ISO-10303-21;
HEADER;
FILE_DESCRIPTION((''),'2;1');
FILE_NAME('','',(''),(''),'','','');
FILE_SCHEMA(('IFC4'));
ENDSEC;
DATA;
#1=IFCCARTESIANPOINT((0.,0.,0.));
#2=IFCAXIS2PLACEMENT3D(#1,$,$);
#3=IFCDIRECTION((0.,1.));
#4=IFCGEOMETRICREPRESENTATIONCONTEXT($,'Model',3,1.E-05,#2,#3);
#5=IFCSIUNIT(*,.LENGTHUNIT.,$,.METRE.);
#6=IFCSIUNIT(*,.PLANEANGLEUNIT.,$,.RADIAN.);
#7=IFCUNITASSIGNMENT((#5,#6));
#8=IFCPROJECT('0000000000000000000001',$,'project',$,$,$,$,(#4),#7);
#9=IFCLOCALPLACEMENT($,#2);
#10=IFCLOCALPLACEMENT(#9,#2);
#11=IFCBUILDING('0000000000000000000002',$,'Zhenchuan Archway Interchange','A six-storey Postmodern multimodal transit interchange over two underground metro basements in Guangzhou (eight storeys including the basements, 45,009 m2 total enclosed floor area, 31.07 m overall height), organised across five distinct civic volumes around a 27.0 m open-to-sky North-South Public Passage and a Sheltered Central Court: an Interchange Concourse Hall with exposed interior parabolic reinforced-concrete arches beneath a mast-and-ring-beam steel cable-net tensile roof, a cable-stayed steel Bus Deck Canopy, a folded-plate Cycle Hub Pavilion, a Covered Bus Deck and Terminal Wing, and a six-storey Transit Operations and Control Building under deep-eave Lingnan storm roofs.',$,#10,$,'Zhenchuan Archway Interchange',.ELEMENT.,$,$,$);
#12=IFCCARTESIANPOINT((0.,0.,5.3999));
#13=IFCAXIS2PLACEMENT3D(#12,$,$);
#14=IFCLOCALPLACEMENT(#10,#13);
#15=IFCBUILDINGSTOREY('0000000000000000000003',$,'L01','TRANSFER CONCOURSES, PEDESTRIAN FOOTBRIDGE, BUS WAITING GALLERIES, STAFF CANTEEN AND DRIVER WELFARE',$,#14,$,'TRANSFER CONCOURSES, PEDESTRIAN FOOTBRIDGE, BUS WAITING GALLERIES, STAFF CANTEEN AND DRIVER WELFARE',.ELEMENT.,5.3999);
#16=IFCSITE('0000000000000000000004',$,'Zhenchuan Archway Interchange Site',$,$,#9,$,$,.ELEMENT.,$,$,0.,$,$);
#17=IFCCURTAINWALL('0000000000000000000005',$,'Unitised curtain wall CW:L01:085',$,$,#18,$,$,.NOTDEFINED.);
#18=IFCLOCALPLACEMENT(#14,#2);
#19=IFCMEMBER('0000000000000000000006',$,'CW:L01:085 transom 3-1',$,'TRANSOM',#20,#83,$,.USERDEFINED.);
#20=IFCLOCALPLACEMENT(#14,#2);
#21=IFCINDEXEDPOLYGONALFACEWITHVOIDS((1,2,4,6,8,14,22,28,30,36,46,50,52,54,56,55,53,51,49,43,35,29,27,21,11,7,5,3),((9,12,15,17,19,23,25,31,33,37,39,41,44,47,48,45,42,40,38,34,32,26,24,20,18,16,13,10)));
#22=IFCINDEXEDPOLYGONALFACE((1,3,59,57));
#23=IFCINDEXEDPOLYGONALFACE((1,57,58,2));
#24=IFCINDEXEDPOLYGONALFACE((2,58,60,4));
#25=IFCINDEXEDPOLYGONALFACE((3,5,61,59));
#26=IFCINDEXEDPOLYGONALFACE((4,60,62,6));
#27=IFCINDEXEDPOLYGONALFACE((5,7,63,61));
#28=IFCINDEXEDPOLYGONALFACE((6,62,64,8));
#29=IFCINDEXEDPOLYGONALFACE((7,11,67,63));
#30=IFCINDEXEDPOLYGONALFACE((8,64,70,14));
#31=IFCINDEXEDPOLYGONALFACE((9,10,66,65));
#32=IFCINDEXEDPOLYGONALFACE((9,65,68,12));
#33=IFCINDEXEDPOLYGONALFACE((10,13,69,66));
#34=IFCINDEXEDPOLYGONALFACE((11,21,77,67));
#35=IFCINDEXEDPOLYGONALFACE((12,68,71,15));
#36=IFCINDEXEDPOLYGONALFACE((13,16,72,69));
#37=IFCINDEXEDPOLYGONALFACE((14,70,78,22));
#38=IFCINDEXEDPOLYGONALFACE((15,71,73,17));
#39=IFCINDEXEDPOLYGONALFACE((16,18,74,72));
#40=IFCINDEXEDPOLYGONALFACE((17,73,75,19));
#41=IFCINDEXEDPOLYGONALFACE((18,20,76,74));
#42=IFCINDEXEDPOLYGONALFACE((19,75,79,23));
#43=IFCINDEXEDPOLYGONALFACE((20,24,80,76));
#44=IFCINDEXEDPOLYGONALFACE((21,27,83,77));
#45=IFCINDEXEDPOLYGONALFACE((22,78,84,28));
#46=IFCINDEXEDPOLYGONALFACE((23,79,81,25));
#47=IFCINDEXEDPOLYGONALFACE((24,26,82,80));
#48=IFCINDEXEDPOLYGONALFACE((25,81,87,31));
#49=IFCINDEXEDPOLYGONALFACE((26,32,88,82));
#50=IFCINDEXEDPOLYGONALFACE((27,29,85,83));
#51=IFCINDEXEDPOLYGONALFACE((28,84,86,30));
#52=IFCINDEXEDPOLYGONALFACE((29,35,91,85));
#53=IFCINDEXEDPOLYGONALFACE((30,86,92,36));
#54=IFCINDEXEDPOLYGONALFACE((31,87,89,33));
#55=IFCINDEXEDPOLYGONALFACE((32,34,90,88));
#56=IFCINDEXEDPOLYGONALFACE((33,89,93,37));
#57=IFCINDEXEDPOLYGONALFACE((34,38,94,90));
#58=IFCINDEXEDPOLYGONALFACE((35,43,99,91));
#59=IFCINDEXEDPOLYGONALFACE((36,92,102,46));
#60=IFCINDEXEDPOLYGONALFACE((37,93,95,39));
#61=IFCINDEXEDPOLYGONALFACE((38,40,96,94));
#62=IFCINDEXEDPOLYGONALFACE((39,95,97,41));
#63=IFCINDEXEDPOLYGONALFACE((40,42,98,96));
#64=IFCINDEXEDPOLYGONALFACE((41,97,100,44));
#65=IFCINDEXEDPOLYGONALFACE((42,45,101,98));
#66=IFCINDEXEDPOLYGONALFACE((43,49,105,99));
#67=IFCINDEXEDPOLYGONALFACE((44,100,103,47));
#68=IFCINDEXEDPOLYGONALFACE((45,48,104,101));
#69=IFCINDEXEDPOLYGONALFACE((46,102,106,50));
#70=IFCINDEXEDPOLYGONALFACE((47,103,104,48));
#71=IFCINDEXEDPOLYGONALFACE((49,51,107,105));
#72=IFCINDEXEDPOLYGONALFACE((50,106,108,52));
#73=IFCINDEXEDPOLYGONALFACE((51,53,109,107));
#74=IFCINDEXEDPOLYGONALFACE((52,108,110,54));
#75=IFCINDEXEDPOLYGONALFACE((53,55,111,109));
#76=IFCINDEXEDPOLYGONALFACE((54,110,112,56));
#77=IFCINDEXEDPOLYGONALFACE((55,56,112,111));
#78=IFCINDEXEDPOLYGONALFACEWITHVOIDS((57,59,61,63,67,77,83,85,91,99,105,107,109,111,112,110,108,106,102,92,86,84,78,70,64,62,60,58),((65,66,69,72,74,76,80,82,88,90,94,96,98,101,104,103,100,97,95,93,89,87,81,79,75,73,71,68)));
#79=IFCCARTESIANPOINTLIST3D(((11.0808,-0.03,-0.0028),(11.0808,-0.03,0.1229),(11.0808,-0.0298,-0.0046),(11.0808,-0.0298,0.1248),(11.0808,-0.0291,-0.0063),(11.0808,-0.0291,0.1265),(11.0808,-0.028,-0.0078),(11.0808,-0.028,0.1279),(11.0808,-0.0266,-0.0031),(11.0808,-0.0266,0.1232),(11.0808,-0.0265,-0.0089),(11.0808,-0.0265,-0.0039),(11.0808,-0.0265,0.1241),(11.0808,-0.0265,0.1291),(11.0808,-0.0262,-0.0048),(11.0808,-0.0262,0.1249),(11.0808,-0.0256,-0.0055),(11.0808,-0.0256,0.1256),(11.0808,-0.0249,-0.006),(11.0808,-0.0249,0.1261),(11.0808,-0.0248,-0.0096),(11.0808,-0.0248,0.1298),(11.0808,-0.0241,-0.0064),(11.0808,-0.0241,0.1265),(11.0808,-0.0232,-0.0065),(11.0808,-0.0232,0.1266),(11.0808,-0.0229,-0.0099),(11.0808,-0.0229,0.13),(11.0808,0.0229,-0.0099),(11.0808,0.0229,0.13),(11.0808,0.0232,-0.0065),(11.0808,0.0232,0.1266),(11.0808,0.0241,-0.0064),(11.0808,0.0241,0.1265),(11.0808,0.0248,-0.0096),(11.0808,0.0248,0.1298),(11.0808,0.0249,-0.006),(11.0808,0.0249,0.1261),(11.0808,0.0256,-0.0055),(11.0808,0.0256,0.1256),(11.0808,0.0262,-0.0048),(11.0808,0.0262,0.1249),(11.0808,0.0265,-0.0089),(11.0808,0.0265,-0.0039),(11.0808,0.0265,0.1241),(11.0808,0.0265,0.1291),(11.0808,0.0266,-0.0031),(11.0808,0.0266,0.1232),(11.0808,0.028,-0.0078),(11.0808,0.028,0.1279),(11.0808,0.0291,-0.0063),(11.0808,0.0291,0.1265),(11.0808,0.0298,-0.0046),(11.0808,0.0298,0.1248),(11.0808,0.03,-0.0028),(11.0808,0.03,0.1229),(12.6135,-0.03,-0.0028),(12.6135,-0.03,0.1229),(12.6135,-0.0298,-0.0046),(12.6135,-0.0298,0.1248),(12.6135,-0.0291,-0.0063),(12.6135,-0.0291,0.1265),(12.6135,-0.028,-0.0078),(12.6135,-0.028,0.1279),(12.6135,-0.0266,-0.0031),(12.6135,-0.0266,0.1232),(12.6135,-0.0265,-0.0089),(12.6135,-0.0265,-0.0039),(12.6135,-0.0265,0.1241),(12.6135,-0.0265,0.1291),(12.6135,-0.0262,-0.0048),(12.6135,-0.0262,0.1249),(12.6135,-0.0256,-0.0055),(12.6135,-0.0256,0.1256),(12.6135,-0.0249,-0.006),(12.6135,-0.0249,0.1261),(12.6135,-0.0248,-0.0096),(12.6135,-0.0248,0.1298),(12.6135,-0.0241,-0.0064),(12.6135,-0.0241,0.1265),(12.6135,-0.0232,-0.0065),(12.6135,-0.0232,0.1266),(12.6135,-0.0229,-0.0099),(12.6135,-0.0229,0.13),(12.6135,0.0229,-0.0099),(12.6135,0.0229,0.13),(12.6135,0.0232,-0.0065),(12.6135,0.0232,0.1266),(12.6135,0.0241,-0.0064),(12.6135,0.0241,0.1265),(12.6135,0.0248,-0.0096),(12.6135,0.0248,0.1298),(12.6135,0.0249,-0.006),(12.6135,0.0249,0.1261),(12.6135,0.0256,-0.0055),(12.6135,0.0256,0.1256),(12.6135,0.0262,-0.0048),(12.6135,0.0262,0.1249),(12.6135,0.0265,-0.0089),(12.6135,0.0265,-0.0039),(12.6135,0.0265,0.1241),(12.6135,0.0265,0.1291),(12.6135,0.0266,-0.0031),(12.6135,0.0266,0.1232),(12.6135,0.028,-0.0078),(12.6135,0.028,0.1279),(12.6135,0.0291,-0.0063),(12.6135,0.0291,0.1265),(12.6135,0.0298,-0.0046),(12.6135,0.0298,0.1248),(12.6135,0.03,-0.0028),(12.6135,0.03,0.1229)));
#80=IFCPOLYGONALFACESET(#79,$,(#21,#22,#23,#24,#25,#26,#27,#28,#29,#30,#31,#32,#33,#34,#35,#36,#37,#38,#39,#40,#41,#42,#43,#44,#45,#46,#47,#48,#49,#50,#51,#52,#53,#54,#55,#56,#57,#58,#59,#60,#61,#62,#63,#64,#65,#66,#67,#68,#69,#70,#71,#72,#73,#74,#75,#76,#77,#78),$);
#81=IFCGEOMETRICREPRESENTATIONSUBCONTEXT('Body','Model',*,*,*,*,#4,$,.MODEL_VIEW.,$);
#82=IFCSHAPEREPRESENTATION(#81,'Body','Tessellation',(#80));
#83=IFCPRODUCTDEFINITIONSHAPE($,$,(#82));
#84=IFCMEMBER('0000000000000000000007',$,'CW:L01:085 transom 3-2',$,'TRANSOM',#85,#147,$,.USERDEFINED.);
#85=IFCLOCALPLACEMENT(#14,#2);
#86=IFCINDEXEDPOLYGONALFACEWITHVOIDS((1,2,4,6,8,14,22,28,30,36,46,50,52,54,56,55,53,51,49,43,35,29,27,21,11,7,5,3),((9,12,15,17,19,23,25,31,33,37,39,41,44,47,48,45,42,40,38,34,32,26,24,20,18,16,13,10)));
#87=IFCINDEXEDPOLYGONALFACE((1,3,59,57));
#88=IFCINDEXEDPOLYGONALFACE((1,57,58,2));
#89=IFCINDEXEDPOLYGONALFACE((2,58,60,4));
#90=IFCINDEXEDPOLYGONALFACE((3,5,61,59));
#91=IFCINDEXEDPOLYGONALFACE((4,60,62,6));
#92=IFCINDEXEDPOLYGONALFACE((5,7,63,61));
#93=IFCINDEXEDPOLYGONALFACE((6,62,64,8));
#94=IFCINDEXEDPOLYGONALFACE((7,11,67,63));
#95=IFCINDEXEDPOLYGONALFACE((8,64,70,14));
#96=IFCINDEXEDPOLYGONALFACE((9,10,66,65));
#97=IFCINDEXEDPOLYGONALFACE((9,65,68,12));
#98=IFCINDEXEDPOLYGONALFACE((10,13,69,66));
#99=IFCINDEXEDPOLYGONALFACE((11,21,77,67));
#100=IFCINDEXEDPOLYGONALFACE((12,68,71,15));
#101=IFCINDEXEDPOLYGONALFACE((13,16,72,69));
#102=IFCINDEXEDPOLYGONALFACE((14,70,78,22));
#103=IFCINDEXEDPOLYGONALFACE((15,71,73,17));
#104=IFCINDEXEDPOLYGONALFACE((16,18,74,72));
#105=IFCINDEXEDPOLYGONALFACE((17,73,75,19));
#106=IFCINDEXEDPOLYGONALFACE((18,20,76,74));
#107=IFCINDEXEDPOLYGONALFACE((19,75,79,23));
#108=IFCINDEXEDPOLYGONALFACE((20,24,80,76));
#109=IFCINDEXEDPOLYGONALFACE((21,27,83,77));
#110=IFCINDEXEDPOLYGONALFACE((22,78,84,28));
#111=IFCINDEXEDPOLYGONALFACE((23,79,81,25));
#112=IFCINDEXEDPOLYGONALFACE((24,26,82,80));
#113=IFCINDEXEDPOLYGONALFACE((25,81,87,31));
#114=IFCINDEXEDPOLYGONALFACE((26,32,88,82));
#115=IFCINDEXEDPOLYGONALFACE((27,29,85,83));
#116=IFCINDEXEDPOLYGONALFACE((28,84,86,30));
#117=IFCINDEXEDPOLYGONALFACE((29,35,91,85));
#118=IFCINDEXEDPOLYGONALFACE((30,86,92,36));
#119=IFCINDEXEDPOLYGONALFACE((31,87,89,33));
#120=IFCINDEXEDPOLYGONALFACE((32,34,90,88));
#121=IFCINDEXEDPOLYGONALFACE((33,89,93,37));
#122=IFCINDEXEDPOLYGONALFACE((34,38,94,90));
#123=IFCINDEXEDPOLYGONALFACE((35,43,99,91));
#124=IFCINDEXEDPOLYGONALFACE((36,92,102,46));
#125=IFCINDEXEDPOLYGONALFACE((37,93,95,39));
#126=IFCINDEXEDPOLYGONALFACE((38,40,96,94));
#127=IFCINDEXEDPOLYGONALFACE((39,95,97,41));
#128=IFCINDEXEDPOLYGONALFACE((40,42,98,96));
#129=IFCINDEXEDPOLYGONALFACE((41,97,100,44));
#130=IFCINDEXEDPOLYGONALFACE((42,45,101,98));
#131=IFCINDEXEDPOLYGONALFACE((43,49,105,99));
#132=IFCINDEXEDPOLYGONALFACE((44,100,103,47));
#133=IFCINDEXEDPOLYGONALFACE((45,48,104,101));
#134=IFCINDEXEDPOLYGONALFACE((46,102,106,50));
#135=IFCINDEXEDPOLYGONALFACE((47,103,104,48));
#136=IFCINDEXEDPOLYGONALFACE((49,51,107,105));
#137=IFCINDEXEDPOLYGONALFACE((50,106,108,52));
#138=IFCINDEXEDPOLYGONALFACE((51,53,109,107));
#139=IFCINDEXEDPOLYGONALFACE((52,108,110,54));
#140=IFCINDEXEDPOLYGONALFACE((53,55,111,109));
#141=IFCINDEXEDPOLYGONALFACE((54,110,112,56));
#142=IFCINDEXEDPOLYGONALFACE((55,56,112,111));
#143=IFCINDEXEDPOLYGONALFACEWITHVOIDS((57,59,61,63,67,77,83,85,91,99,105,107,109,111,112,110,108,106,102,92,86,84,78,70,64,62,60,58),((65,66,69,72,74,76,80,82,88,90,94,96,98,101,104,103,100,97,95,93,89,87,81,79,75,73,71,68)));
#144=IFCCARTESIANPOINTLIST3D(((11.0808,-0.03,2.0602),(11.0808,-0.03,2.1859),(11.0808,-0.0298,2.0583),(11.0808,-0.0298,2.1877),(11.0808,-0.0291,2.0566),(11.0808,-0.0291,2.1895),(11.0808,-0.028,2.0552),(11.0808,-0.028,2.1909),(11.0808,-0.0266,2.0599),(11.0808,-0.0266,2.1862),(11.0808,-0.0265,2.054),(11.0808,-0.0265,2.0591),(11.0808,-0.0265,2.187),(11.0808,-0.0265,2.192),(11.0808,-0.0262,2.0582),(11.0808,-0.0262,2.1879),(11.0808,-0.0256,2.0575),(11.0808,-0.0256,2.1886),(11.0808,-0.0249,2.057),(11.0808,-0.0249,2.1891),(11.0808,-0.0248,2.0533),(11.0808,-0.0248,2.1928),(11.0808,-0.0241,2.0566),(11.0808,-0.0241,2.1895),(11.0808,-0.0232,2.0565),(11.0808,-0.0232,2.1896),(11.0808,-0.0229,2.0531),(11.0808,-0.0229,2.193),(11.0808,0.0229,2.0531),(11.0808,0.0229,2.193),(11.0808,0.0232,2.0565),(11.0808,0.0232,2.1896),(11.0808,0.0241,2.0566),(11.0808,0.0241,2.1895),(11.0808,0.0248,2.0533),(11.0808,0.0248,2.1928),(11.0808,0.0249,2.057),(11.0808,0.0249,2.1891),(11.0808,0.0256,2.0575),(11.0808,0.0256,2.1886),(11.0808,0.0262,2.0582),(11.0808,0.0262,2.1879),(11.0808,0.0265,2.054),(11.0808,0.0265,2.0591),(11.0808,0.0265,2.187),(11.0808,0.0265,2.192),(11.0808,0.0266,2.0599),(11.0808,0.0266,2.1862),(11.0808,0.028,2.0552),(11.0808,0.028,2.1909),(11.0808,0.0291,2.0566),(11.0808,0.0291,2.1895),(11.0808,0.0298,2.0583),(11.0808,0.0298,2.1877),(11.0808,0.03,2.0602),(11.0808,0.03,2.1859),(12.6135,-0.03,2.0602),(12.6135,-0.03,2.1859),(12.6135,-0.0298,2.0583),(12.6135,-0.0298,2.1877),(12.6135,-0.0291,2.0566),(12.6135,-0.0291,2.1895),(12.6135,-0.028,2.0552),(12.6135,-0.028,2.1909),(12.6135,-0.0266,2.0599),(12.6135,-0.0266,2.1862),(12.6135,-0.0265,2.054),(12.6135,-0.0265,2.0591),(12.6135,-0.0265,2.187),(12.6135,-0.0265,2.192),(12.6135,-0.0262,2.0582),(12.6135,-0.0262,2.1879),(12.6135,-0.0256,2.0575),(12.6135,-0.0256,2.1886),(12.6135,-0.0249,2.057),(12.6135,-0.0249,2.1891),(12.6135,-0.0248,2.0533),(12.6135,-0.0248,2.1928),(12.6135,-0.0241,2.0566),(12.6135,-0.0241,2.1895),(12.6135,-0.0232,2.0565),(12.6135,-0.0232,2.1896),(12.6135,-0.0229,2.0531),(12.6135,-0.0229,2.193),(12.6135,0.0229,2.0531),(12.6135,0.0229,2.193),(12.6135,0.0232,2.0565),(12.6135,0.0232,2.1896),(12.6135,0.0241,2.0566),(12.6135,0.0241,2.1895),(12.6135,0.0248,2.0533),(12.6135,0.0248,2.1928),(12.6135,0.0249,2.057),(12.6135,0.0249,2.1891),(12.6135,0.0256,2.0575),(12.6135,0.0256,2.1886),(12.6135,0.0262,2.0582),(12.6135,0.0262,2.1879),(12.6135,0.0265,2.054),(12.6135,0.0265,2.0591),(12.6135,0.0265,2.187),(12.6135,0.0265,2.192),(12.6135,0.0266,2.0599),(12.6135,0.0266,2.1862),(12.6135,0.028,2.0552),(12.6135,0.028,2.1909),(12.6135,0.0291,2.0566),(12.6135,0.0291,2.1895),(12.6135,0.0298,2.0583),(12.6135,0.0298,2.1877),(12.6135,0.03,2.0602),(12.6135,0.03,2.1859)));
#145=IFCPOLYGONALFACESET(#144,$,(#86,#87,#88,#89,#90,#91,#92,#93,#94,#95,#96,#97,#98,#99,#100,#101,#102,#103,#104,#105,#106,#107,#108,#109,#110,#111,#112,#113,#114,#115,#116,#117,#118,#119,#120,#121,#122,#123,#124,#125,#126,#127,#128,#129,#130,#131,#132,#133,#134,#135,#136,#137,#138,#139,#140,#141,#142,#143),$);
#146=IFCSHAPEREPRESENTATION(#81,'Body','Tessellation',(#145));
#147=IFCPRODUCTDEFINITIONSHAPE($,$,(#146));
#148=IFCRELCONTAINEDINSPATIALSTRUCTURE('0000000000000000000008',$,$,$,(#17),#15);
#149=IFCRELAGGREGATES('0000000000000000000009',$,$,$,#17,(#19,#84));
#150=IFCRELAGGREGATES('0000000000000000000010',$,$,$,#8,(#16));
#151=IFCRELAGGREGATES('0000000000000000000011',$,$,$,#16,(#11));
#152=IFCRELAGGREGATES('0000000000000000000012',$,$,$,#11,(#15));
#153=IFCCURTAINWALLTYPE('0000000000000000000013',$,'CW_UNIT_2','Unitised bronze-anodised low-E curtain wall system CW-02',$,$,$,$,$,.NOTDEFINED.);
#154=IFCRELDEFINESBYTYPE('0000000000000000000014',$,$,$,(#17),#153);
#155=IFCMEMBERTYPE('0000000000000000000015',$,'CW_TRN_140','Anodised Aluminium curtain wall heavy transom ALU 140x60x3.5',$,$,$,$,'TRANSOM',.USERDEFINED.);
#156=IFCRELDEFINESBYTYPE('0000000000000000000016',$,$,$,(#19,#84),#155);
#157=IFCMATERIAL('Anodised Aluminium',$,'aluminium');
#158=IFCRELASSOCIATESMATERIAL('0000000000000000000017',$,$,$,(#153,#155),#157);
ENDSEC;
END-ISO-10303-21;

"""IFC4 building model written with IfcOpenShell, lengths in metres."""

from ifc_helpers import new_model, si_unit, direction, frame, origin, origin_2d, place, context, subcontext, project, spatial, hollow_rectangle, extrude, material, material_profile, profile_set, type_object, element, aggregate, save


model = new_model("IFC4")

# Units and contexts
model_context = context("Model", 3, precision=1e-05, world=origin(), true_north=direction((0.0, 1.0)))
body_context = subcontext(model_context, "Body", "Model", "MODEL_VIEW")
ifc_project = project(units=[si_unit("LENGTHUNIT", "METRE"), si_unit("PLANEANGLEUNIT", "RADIAN")], contexts=[model_context])

# Site, building, storey
site_placement = place(None, origin())
site = spatial("IfcSite", under=ifc_project, at=site_placement, Name="Zhenchuan Archway Interchange Site", CompositionType="ELEMENT", RefElevation=0.0)
building_placement = place(site_placement, origin())
building = spatial("IfcBuilding", under=site, at=building_placement, Name="Zhenchuan Archway Interchange", Description="A six-storey Postmodern multimodal transit interchange over two underground metro basements in Guangzhou (eight storeys including the basements, 45,009 m2 total enclosed floor area, 31.07 m overall height), organised across five distinct civic volumes around a 27.0 m open-to-sky North-South Public Passage and a Sheltered Central Court: an Interchange Concourse Hall with exposed interior parabolic reinforced-concrete arches beneath a mast-and-ring-beam steel cable-net tensile roof, a cable-stayed steel Bus Deck Canopy, a folded-plate Cycle Hub Pavilion, a Covered Bus Deck and Terminal Wing, and a six-storey Transit Operations and Control Building under deep-eave Lingnan storm roofs.", LongName="Zhenchuan Archway Interchange", CompositionType="ELEMENT")
storey_placement = place(building_placement, frame((0.0, 0.0, 5.3999)))
storey = spatial("IfcBuildingStorey", under=building, at=storey_placement, Name="L01", Description="TRANSFER CONCOURSES, PEDESTRIAN FOOTBRIDGE, BUS WAITING GALLERIES, STAFF CANTEEN AND DRIVER WELFARE", LongName="TRANSFER CONCOURSES, PEDESTRIAN FOOTBRIDGE, BUS WAITING GALLERIES, STAFF CANTEEN AND DRIVER WELFARE", CompositionType="ELEMENT", Elevation=5.3999)

# Curtain wall, members
ifc_material_1 = material(Name="Anodised Aluminium", Category="aluminium")
curtain_wall_type = type_object("IfcCurtainWallType", Name="CW_UNIT_2", Description="Unitised bronze-anodised low-E curtain wall system CW-02", PredefinedType="NOTDEFINED", material=ifc_material_1)
curtain_wall_placement = place(storey_placement, origin())
curtain_wall = element("IfcCurtainWall", 1, at=curtain_wall_placement, inside=storey, type_object=curtain_wall_type, Name="Unitised curtain wall CW:L01:085", PredefinedType="NOTDEFINED")
ifc_material_profile_1 = material_profile(ifc_material_1, hollow_rectangle(XDim=0.0601, YDim=0.1399, WallThickness=0.0034, InnerFilletRadius=0.0034, OuterFilletRadius=0.0071, at=origin_2d()), Name="ALU 140x60x3.5")
ifc_profile_set_1 = profile_set([ifc_material_profile_1], Name="Anodised Aluminium")
member_type_1 = type_object("IfcMemberType", Name="CW_TRN_140", Description="Anodised Aluminium curtain wall heavy transom ALU 140x60x3.5", ElementType="TRANSOM", PredefinedType="USERDEFINED", material=ifc_profile_set_1)
member_1_placement = place(storey_placement, frame((12.6135, 0.0, 0.0601), z_axis=(-1.0, 0.0, 0.0), x_axis=(0.0, -1.0, 0.0)))
member_1 = element("IfcMember", 2, at=member_1_placement, type_object=member_type_1, Name="CW:L01:085 transom 3-1", ObjectType="TRANSOM", PredefinedType="USERDEFINED", context=body_context, shape_type="SweptSolid", body=[
    extrude(hollow_rectangle(XDim=0.0601, YDim=0.1399, WallThickness=0.0034, InnerFilletRadius=0.0034, OuterFilletRadius=0.0071, at=origin_2d()), origin(), (0.0, 0.0, 1.0), 1.5327),
])
member_2_placement = place(storey_placement, frame((12.6135, 0.0, 2.123), z_axis=(-1.0, 0.0, 0.0), x_axis=(0.0, -1.0, 0.0)))
member_2 = element("IfcMember", 3, at=member_2_placement, type_object=member_type_1, Name="CW:L01:085 transom 3-2", ObjectType="TRANSOM", PredefinedType="USERDEFINED", context=body_context, shape_type="SweptSolid", body=[
    extrude(hollow_rectangle(XDim=0.0601, YDim=0.1399, WallThickness=0.0034, InnerFilletRadius=0.0034, OuterFilletRadius=0.0071, at=origin_2d()), origin(), (0.0, 0.0, 1.0), 1.5327),
])

aggregate(curtain_wall, [member_1, member_2])

save(model, "model.ifc")
